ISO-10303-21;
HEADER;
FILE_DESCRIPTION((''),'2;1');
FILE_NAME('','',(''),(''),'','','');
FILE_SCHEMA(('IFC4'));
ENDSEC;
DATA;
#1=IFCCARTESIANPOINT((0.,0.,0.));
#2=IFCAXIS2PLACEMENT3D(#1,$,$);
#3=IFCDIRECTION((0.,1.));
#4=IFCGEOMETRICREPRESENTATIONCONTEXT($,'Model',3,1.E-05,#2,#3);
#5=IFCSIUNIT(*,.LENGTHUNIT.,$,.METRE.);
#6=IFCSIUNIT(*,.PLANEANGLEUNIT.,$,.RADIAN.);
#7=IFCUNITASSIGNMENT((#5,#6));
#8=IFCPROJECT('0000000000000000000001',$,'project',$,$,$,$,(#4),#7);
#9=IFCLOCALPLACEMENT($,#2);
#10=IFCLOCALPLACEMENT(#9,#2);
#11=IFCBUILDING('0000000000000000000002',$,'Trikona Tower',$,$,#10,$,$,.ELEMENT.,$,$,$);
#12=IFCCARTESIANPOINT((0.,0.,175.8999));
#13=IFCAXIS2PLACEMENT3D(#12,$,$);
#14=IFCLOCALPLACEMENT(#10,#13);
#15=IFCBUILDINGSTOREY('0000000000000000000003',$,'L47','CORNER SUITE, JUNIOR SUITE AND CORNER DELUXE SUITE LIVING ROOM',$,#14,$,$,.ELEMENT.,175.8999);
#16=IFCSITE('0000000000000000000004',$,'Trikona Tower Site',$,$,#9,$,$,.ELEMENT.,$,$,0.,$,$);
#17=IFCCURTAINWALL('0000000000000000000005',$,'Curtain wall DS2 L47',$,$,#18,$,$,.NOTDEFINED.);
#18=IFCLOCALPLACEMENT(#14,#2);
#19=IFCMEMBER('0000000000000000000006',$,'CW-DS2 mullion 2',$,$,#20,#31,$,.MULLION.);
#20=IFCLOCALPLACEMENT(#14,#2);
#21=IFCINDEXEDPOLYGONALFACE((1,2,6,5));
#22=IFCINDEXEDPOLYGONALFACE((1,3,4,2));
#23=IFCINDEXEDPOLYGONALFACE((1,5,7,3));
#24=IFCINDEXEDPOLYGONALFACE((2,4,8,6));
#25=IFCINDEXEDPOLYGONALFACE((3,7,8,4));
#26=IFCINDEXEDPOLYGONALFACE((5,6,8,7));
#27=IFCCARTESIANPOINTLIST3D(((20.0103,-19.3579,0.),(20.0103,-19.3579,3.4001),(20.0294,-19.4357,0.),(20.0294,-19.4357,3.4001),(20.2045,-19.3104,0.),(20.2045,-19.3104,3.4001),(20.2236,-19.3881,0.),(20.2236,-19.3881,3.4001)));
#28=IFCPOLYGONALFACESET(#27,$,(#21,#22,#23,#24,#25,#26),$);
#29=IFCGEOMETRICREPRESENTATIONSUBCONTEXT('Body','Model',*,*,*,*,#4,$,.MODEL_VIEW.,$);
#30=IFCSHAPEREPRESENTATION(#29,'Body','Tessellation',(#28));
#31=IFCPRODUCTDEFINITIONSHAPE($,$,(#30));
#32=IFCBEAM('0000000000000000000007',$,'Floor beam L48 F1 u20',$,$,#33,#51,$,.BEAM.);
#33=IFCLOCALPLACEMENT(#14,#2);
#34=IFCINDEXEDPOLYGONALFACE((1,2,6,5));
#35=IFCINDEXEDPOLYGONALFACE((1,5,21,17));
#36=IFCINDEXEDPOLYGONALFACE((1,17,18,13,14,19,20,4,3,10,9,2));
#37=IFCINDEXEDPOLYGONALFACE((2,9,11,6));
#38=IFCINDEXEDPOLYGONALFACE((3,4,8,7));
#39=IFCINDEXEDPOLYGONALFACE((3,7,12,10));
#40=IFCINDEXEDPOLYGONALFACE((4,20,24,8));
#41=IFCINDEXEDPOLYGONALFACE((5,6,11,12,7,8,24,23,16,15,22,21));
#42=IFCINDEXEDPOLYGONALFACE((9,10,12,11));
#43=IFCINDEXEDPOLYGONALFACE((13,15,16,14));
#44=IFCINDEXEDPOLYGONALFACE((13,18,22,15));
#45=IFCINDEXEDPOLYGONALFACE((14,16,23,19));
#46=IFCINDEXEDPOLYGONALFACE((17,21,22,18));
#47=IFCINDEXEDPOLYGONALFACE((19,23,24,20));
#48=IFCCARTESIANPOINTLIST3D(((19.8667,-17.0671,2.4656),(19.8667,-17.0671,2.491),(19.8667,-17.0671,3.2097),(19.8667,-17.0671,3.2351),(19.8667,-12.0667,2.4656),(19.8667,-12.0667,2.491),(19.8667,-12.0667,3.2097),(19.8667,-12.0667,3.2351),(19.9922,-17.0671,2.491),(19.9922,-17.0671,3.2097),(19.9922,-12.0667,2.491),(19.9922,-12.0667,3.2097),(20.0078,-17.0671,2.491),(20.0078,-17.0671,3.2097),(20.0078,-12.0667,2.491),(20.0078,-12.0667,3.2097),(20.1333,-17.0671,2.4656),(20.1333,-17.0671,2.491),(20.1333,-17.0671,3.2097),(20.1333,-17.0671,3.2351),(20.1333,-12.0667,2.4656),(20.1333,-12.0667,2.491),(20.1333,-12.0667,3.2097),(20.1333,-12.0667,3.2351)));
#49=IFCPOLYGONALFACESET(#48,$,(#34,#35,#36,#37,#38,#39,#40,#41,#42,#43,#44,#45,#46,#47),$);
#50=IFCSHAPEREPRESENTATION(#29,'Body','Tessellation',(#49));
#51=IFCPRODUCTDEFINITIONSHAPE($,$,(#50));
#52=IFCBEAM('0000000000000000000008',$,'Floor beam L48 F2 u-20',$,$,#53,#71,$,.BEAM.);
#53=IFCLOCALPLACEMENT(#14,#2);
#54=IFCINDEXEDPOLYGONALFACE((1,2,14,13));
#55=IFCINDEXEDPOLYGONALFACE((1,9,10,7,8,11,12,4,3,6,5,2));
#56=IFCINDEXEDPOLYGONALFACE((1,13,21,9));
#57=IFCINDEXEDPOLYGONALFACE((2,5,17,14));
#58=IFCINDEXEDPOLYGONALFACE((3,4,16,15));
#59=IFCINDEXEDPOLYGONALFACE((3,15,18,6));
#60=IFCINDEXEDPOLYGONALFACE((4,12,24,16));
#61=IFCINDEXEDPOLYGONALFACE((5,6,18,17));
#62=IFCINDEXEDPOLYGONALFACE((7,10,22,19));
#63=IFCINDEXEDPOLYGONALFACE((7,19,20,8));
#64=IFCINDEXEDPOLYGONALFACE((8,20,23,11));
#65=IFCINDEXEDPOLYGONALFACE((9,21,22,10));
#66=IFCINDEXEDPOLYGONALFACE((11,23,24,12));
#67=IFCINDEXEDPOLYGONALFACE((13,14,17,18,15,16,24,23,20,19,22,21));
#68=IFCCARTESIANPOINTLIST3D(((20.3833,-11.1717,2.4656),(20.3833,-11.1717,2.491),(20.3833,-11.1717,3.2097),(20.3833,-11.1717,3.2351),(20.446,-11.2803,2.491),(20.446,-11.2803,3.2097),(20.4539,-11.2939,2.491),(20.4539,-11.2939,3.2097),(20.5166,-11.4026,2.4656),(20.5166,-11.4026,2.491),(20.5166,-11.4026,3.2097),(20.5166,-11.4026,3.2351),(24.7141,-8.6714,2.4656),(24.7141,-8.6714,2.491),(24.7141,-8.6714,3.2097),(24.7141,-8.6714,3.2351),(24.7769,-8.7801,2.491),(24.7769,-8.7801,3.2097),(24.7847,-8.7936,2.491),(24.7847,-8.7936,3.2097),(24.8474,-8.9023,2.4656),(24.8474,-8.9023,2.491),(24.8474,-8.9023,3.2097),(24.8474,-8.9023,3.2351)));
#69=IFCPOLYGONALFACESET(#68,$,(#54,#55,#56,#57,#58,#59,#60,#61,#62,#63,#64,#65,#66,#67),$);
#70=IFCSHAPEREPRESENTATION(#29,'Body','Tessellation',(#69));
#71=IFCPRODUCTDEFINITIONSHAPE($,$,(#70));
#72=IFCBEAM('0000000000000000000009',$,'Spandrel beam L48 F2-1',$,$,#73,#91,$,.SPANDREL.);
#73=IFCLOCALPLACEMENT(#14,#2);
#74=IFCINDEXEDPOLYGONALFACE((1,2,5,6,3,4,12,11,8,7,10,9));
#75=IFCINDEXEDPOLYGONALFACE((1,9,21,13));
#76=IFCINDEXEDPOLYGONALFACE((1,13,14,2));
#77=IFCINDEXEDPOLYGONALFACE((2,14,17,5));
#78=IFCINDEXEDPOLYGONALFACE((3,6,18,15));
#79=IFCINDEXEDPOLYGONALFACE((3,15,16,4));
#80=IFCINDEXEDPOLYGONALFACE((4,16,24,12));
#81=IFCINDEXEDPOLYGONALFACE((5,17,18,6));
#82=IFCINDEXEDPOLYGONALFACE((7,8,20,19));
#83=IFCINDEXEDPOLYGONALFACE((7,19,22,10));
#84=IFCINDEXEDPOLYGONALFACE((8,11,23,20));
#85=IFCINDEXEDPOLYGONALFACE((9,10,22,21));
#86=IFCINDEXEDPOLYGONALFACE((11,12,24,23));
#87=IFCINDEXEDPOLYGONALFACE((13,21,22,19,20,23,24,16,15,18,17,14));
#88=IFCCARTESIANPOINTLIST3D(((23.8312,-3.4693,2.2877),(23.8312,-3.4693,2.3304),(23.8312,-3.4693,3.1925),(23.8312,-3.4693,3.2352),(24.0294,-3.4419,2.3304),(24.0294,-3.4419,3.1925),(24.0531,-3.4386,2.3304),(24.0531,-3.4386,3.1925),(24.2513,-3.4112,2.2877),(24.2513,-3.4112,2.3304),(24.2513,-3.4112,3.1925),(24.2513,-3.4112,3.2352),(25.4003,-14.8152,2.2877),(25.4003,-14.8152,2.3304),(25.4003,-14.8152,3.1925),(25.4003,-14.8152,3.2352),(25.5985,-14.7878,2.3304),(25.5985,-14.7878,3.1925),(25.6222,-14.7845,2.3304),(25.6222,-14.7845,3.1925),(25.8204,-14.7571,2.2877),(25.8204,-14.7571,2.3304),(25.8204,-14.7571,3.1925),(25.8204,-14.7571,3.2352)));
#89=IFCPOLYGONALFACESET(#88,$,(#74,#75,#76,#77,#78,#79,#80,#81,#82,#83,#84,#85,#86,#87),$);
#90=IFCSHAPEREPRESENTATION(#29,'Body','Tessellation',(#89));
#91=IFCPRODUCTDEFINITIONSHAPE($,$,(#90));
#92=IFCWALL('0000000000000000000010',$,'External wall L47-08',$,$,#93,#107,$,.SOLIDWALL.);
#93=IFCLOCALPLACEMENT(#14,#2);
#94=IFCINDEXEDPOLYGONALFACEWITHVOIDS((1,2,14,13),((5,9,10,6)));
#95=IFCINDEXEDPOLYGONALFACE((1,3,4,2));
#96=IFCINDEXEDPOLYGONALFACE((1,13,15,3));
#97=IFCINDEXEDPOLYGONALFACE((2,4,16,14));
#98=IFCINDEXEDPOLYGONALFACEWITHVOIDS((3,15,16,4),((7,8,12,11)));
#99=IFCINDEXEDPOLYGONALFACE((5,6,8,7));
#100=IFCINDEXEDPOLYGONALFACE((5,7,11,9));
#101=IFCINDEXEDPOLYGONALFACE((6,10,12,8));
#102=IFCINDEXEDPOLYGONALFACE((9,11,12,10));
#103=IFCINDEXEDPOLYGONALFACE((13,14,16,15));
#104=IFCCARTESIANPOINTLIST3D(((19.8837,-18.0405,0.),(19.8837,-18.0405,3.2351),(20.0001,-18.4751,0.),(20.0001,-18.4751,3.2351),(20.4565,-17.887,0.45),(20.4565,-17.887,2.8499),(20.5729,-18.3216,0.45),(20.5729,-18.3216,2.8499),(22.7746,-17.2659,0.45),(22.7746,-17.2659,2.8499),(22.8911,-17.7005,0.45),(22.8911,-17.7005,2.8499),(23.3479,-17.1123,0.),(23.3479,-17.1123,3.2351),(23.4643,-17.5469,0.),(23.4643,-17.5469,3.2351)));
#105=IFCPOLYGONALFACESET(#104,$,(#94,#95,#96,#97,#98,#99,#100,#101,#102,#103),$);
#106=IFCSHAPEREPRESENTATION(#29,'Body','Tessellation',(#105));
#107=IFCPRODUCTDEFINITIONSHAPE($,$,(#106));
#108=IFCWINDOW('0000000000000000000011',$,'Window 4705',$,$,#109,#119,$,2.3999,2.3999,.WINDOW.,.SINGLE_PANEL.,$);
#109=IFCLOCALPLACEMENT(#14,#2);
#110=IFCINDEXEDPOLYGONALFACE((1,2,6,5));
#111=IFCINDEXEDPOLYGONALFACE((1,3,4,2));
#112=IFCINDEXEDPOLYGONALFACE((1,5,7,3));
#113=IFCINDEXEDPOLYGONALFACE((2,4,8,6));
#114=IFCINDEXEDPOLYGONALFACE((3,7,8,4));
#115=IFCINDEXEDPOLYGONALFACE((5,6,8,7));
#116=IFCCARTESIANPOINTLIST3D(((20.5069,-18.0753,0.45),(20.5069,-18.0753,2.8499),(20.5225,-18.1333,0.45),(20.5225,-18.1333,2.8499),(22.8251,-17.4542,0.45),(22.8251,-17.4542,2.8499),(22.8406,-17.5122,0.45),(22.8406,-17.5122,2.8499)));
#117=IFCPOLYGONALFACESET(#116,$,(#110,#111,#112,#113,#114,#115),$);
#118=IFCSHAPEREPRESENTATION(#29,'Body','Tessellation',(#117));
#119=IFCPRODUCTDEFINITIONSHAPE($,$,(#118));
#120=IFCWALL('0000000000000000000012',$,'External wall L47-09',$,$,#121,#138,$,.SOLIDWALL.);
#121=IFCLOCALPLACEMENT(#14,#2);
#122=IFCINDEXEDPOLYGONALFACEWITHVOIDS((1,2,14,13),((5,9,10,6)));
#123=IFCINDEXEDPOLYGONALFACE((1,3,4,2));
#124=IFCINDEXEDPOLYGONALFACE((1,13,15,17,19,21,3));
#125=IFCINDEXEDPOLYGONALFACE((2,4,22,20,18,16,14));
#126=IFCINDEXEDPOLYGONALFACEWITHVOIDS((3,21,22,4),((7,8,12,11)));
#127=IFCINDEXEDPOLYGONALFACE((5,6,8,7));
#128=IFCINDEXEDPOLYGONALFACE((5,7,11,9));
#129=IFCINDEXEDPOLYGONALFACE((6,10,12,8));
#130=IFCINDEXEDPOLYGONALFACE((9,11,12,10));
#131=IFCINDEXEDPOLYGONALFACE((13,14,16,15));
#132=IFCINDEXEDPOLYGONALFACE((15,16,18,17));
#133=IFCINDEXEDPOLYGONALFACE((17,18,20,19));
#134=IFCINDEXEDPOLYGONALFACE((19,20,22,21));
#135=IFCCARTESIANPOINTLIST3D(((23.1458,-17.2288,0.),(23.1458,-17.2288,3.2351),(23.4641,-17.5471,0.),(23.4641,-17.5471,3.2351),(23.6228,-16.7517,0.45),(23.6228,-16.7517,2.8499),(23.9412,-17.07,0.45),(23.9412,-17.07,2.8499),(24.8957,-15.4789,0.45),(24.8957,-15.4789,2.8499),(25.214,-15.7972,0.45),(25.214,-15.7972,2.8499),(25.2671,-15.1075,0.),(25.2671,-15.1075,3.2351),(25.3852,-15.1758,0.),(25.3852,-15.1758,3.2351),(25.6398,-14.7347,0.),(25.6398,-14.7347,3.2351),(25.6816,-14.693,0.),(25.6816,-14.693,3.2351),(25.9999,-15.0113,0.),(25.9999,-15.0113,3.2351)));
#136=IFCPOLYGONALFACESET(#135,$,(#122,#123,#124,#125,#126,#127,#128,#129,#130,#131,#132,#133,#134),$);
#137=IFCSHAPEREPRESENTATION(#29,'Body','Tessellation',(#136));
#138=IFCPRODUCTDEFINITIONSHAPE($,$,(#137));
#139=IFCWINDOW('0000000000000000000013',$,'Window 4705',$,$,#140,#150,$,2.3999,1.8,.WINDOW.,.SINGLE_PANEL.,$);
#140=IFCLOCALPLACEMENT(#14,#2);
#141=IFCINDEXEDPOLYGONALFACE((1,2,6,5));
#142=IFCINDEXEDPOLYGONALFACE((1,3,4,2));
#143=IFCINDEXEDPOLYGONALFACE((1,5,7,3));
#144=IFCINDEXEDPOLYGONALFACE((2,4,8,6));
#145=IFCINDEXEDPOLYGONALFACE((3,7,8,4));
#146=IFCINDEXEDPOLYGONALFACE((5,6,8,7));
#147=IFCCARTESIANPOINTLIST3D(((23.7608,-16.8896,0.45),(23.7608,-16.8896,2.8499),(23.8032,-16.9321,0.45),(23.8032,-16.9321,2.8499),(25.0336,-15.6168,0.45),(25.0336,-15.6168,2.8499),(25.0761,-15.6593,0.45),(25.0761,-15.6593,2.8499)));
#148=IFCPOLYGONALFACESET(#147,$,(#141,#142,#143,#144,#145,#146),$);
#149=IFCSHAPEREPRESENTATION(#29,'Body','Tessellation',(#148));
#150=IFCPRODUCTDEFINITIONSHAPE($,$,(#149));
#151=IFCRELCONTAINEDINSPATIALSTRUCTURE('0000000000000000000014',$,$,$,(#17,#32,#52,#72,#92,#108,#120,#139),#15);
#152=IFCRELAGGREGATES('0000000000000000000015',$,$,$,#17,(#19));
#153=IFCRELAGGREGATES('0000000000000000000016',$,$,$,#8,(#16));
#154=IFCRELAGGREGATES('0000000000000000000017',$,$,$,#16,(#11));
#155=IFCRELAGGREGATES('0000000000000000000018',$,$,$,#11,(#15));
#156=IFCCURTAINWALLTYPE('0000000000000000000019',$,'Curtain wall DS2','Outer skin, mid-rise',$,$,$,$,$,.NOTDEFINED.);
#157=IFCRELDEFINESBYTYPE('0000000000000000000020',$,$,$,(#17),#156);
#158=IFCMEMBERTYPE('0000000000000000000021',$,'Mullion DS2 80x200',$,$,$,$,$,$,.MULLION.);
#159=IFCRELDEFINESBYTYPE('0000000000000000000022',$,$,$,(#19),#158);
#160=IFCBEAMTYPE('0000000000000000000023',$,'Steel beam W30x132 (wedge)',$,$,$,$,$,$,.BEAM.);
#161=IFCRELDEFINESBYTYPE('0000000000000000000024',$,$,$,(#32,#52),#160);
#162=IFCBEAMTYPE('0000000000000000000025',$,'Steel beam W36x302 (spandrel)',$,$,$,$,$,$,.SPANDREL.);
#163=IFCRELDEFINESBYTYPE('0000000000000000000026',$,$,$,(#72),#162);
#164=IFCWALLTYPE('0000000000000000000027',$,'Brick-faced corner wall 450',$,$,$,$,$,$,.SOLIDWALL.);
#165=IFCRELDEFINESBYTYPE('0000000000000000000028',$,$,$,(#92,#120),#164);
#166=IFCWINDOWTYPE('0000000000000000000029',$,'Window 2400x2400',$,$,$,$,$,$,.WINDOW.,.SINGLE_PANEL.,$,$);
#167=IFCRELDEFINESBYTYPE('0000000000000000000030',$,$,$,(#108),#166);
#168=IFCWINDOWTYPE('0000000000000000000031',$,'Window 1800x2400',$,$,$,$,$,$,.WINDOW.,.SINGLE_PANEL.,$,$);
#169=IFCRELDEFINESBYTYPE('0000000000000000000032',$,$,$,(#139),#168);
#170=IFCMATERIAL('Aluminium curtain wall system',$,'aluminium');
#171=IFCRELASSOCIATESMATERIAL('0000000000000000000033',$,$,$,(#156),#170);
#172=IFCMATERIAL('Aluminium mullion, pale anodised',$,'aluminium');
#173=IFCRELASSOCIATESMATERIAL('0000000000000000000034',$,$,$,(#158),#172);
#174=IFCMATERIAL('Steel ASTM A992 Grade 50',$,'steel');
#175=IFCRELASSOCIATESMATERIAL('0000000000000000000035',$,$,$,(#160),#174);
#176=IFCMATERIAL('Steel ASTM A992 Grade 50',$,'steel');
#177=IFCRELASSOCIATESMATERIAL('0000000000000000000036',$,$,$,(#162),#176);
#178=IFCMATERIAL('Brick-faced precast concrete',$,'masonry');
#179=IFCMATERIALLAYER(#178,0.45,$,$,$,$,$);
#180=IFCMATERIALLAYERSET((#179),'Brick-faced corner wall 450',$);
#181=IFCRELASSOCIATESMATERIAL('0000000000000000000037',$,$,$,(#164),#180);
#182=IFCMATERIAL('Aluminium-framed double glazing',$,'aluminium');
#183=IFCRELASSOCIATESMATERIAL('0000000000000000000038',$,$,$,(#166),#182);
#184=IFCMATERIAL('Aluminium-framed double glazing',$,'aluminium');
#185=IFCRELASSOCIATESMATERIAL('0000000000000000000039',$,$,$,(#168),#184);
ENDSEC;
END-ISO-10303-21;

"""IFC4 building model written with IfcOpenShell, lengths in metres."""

from ifc_helpers import new_model, si_unit, direction, frame, frame_2d, origin, origin_2d, place, context, subcontext, project, spatial, polyline, rectangle, i_section, outline, extrude, material, layer, layer_set, material_profile, profile_set, type_object, element, fill, aggregate, save


model = new_model("IFC4")

# Units and contexts
model_context = context("Model", 3, precision=1e-05, world=origin(), true_north=direction((0.0, 1.0)))
body_context = subcontext(model_context, "Body", "Model", "MODEL_VIEW")
ifc_project = project(units=[si_unit("LENGTHUNIT", "METRE"), si_unit("PLANEANGLEUNIT", "RADIAN")], contexts=[model_context])

# Site, building, storey
site_placement = place(None, origin())
site = spatial("IfcSite", under=ifc_project, at=site_placement, Name="Trikona Tower Site", CompositionType="ELEMENT", RefElevation=0.0)
building_placement = place(site_placement, origin())
building = spatial("IfcBuilding", under=site, at=building_placement, Name="Trikona Tower", CompositionType="ELEMENT")
storey_placement = place(building_placement, frame((0.0, 0.0, 175.8999)))
storey = spatial("IfcBuildingStorey", under=building, at=storey_placement, Name="L47", Description="CORNER SUITE, JUNIOR SUITE AND CORNER DELUXE SUITE LIVING ROOM", CompositionType="ELEMENT", Elevation=175.8999)

# Curtain wall, member
ifc_material_1 = material(Name="Aluminium curtain wall system", Category="aluminium")
curtain_wall_type = type_object("IfcCurtainWallType", Name="Curtain wall DS2", Description="Outer skin, mid-rise", PredefinedType="NOTDEFINED", material=ifc_material_1)
curtain_wall_placement = place(storey_placement, origin())
curtain_wall = element("IfcCurtainWall", 1, at=curtain_wall_placement, inside=storey, type_object=curtain_wall_type, Name="Curtain wall DS2 L47", PredefinedType="NOTDEFINED")
ifc_material_2 = material(Name="Aluminium mullion, pale anodised", Category="aluminium")
ifc_material_profile_1 = material_profile(ifc_material_2, rectangle(XDim=0.0801, YDim=0.2, at=origin_2d()), Name="MUL-DS2")
ifc_profile_set_1 = profile_set([ifc_material_profile_1], Name="Aluminium mullion, pale anodised")
member_type = type_object("IfcMemberType", Name="Mullion DS2 80x200", PredefinedType="MULLION", material=ifc_profile_set_1)
member_placement = place(storey_placement, frame((20.1169, -19.373, 0.0), z_axis=(0.0, 0.0, 1.0), x_axis=(-0.23797, 0.971272, 0.0)))
member = element("IfcMember", 2, at=member_placement, type_object=member_type, Name="CW-DS2 mullion 2", PredefinedType="MULLION", context=body_context, shape_type="SweptSolid", body=[
    extrude(rectangle(XDim=0.0801, YDim=0.2, at=origin_2d()), origin(), (0.0, 0.0, 1.0), 3.4001),
])
aggregate(curtain_wall, [member])

# Beams
ifc_material_3 = material(Name="Steel ASTM A992 Grade 50", Category="steel")
ifc_material_profile_2 = material_profile(ifc_material_3, i_section(OverallWidth=0.2666, OverallDepth=0.7695, WebThickness=0.0156, FlangeThickness=0.0254, at=origin_2d()), Name="W30X132")
ifc_profile_set_2 = profile_set([ifc_material_profile_2], Name="Steel ASTM A992 Grade 50")
beam_type_1 = type_object("IfcBeamType", Name="Steel beam W30x132 (wedge)", PredefinedType="BEAM", material=ifc_profile_set_2)
beam_1_placement = place(storey_placement, frame((20.0, -12.0667, 2.8503), z_axis=(0.0, -1.0, 0.0), x_axis=(1.0, 0.0, 0.0)))
element("IfcBeam", 3, at=beam_1_placement, inside=storey, type_object=beam_type_1, Name="Floor beam L48 F1 u20", PredefinedType="BEAM", context=body_context, shape_type="SweptSolid", body=[
    extrude(i_section(OverallWidth=0.2666, OverallDepth=0.7695, WebThickness=0.0156, FlangeThickness=0.0254, at=origin_2d()), origin(), (0.0, 0.0, 1.0), 5.0005),
])
beam_2_placement = place(storey_placement, frame((20.45, -11.2871, 2.8503), z_axis=(0.866038, 0.499977, 0.0), x_axis=(-0.499977, 0.866038, 0.0)))
element("IfcBeam", 4, at=beam_2_placement, inside=storey, type_object=beam_type_1, Name="Floor beam L48 F2 u-20", PredefinedType="BEAM", context=body_context, shape_type="SweptSolid", body=[
    extrude(i_section(OverallWidth=0.2666, OverallDepth=0.7695, WebThickness=0.0156, FlangeThickness=0.0254, at=origin_2d()), origin(), (0.0, 0.0, 1.0), 5.0007),
])
ifc_material_4 = material(Name="Steel ASTM A992 Grade 50", Category="steel")
ifc_material_profile_3 = material_profile(ifc_material_4, i_section(OverallWidth=0.4241, OverallDepth=0.9475, WebThickness=0.0239, FlangeThickness=0.0427, at=origin_2d()), Name="W36X302")
ifc_profile_set_3 = profile_set([ifc_material_profile_3], Name="Steel ASTM A992 Grade 50")
beam_type_2 = type_object("IfcBeamType", Name="Steel beam W36x302 (spandrel)", PredefinedType="SPANDREL", material=ifc_profile_set_3)
beam_3_placement = place(storey_placement, frame((25.6104, -14.7861, 2.7615), z_axis=(-0.136992, 0.990572, 0.0), x_axis=(-0.990572, -0.136992, 0.0)))
element("IfcBeam", 5, at=beam_3_placement, inside=storey, type_object=beam_type_2, Name="Spandrel beam L48 F2-1", PredefinedType="SPANDREL", context=body_context, shape_type="SweptSolid", body=[
    extrude(i_section(OverallWidth=0.4241, OverallDepth=0.9475, WebThickness=0.0239, FlangeThickness=0.0427, at=origin_2d()), origin(), (0.0, 0.0, 1.0), 11.4539),
])

# Walls, openings, windows
ifc_material_5 = material(Name="Brick-faced precast concrete", Category="masonry")
ifc_layer_1 = layer(ifc_material_5, 0.45)
ifc_layer_set_1 = layer_set([ifc_layer_1], Name="Brick-faced corner wall 450")
wall_type_1 = type_object("IfcWallType", Name="Brick-faced corner wall 450", PredefinedType="SOLIDWALL", material=ifc_layer_set_1)
wall_1_placement = place(storey_placement, frame((19.9419, -18.2578, 0.0), z_axis=(0.0, 0.0, 1.0), x_axis=(0.965925, 0.258823, 0.0)))
wall_1 = element("IfcWall", 6, at=wall_1_placement, inside=storey, type_object=wall_type_1, Name="External wall L47-08", PredefinedType="SOLIDWALL", context=body_context, shape_type="SweptSolid", body=[
    extrude(rectangle(XDim=3.5864, YDim=0.45, at=frame_2d((1.7932, 0.0))), origin(), (0.0, 0.0, 1.0), 3.2351),
])
opening_1_placement = place(wall_1_placement, frame((0.593, 0.0, 0.45)))
opening_1 = element("IfcOpeningElement", 7, at=opening_1_placement, cuts=wall_1, PredefinedType="OPENING", context=body_context, shape_type="SweptSolid", body=[
    extrude(rectangle(XDim=2.3999, YDim=2.3999, at=frame_2d((1.2, 1.2))), frame((0.0, 0.2349, 0.0), z_axis=(0.0, -1.0, 0.0), x_axis=(1.0, 0.0, 0.0)), (0.0, 0.0, 1.0), 0.47),
])
ifc_material_6 = material(Name="Aluminium-framed double glazing", Category="aluminium")
window_type_1 = type_object("IfcWindowType", Name="Window 2400x2400", PartitioningType="SINGLE_PANEL", PredefinedType="WINDOW", material=ifc_material_6)
window_1_placement = place(opening_1_placement, origin())
window_1 = element("IfcWindow", 8, at=window_1_placement, inside=storey, type_object=window_type_1, Name="Window 4705", OverallHeight=2.3999, OverallWidth=2.3999, PartitioningType="SINGLE_PANEL", PredefinedType="WINDOW", context=body_context, shape_type="SweptSolid", body=[
    extrude(rectangle(XDim=2.3999, YDim=2.3999, at=frame_2d((1.2, 1.2))), frame((0.0, 0.03, 0.0), z_axis=(0.0, -1.0, 0.0), x_axis=(1.0, 0.0, 0.0)), (0.0, 0.0, 1.0), 0.0601),
])
fill(opening_1, window_1)
wall_2_placement = place(storey_placement, frame((23.3049, -17.3879, 0.0), z_axis=(0.0, 0.0, 1.0), x_axis=(0.707107, 0.707107, 0.0)))
wall_2 = element("IfcWall", 9, at=wall_2_placement, inside=storey, type_object=wall_type_1, Name="External wall L47-09", PredefinedType="SOLIDWALL", context=body_context, shape_type="SweptSolid", body=[
    extrude(outline(polyline([(3.5862, 0.2251), (3.5271, 0.2251), (3.0352, 0.0933), (3.0, 0.2251), (0.0, 0.2251), (0.0, -0.2251), (3.5862, -0.2251), (3.5862, 0.2251)])), origin(), (0.0, 0.0, 1.0), 3.2351),
])
opening_2_placement = place(wall_2_placement, frame((0.6748, 0.0, 0.45)))
opening_2 = element("IfcOpeningElement", 10, at=opening_2_placement, cuts=wall_2, PredefinedType="OPENING", context=body_context, shape_type="SweptSolid", body=[
    extrude(rectangle(XDim=1.8, YDim=2.3999, at=frame_2d((0.8999, 1.2))), frame((0.0, 0.2349, 0.0), z_axis=(0.0, -1.0, 0.0), x_axis=(1.0, 0.0, 0.0)), (0.0, 0.0, 1.0), 0.47),
])
ifc_material_7 = material(Name="Aluminium-framed double glazing", Category="aluminium")
window_type_2 = type_object("IfcWindowType", Name="Window 1800x2400", PartitioningType="SINGLE_PANEL", PredefinedType="WINDOW", material=ifc_material_7)
window_2_placement = place(opening_2_placement, origin())
window_2 = element("IfcWindow", 11, at=window_2_placement, inside=storey, type_object=window_type_2, Name="Window 4705", OverallHeight=2.3999, OverallWidth=1.8, PartitioningType="SINGLE_PANEL", PredefinedType="WINDOW", context=body_context, shape_type="SweptSolid", body=[
    extrude(rectangle(XDim=1.8, YDim=2.3999, at=frame_2d((0.8999, 1.2))), frame((0.0, 0.03, 0.0), z_axis=(0.0, -1.0, 0.0), x_axis=(1.0, 0.0, 0.0)), (0.0, 0.0, 1.0), 0.0601),
])
fill(opening_2, window_2)

save(model, "model.ifc")
